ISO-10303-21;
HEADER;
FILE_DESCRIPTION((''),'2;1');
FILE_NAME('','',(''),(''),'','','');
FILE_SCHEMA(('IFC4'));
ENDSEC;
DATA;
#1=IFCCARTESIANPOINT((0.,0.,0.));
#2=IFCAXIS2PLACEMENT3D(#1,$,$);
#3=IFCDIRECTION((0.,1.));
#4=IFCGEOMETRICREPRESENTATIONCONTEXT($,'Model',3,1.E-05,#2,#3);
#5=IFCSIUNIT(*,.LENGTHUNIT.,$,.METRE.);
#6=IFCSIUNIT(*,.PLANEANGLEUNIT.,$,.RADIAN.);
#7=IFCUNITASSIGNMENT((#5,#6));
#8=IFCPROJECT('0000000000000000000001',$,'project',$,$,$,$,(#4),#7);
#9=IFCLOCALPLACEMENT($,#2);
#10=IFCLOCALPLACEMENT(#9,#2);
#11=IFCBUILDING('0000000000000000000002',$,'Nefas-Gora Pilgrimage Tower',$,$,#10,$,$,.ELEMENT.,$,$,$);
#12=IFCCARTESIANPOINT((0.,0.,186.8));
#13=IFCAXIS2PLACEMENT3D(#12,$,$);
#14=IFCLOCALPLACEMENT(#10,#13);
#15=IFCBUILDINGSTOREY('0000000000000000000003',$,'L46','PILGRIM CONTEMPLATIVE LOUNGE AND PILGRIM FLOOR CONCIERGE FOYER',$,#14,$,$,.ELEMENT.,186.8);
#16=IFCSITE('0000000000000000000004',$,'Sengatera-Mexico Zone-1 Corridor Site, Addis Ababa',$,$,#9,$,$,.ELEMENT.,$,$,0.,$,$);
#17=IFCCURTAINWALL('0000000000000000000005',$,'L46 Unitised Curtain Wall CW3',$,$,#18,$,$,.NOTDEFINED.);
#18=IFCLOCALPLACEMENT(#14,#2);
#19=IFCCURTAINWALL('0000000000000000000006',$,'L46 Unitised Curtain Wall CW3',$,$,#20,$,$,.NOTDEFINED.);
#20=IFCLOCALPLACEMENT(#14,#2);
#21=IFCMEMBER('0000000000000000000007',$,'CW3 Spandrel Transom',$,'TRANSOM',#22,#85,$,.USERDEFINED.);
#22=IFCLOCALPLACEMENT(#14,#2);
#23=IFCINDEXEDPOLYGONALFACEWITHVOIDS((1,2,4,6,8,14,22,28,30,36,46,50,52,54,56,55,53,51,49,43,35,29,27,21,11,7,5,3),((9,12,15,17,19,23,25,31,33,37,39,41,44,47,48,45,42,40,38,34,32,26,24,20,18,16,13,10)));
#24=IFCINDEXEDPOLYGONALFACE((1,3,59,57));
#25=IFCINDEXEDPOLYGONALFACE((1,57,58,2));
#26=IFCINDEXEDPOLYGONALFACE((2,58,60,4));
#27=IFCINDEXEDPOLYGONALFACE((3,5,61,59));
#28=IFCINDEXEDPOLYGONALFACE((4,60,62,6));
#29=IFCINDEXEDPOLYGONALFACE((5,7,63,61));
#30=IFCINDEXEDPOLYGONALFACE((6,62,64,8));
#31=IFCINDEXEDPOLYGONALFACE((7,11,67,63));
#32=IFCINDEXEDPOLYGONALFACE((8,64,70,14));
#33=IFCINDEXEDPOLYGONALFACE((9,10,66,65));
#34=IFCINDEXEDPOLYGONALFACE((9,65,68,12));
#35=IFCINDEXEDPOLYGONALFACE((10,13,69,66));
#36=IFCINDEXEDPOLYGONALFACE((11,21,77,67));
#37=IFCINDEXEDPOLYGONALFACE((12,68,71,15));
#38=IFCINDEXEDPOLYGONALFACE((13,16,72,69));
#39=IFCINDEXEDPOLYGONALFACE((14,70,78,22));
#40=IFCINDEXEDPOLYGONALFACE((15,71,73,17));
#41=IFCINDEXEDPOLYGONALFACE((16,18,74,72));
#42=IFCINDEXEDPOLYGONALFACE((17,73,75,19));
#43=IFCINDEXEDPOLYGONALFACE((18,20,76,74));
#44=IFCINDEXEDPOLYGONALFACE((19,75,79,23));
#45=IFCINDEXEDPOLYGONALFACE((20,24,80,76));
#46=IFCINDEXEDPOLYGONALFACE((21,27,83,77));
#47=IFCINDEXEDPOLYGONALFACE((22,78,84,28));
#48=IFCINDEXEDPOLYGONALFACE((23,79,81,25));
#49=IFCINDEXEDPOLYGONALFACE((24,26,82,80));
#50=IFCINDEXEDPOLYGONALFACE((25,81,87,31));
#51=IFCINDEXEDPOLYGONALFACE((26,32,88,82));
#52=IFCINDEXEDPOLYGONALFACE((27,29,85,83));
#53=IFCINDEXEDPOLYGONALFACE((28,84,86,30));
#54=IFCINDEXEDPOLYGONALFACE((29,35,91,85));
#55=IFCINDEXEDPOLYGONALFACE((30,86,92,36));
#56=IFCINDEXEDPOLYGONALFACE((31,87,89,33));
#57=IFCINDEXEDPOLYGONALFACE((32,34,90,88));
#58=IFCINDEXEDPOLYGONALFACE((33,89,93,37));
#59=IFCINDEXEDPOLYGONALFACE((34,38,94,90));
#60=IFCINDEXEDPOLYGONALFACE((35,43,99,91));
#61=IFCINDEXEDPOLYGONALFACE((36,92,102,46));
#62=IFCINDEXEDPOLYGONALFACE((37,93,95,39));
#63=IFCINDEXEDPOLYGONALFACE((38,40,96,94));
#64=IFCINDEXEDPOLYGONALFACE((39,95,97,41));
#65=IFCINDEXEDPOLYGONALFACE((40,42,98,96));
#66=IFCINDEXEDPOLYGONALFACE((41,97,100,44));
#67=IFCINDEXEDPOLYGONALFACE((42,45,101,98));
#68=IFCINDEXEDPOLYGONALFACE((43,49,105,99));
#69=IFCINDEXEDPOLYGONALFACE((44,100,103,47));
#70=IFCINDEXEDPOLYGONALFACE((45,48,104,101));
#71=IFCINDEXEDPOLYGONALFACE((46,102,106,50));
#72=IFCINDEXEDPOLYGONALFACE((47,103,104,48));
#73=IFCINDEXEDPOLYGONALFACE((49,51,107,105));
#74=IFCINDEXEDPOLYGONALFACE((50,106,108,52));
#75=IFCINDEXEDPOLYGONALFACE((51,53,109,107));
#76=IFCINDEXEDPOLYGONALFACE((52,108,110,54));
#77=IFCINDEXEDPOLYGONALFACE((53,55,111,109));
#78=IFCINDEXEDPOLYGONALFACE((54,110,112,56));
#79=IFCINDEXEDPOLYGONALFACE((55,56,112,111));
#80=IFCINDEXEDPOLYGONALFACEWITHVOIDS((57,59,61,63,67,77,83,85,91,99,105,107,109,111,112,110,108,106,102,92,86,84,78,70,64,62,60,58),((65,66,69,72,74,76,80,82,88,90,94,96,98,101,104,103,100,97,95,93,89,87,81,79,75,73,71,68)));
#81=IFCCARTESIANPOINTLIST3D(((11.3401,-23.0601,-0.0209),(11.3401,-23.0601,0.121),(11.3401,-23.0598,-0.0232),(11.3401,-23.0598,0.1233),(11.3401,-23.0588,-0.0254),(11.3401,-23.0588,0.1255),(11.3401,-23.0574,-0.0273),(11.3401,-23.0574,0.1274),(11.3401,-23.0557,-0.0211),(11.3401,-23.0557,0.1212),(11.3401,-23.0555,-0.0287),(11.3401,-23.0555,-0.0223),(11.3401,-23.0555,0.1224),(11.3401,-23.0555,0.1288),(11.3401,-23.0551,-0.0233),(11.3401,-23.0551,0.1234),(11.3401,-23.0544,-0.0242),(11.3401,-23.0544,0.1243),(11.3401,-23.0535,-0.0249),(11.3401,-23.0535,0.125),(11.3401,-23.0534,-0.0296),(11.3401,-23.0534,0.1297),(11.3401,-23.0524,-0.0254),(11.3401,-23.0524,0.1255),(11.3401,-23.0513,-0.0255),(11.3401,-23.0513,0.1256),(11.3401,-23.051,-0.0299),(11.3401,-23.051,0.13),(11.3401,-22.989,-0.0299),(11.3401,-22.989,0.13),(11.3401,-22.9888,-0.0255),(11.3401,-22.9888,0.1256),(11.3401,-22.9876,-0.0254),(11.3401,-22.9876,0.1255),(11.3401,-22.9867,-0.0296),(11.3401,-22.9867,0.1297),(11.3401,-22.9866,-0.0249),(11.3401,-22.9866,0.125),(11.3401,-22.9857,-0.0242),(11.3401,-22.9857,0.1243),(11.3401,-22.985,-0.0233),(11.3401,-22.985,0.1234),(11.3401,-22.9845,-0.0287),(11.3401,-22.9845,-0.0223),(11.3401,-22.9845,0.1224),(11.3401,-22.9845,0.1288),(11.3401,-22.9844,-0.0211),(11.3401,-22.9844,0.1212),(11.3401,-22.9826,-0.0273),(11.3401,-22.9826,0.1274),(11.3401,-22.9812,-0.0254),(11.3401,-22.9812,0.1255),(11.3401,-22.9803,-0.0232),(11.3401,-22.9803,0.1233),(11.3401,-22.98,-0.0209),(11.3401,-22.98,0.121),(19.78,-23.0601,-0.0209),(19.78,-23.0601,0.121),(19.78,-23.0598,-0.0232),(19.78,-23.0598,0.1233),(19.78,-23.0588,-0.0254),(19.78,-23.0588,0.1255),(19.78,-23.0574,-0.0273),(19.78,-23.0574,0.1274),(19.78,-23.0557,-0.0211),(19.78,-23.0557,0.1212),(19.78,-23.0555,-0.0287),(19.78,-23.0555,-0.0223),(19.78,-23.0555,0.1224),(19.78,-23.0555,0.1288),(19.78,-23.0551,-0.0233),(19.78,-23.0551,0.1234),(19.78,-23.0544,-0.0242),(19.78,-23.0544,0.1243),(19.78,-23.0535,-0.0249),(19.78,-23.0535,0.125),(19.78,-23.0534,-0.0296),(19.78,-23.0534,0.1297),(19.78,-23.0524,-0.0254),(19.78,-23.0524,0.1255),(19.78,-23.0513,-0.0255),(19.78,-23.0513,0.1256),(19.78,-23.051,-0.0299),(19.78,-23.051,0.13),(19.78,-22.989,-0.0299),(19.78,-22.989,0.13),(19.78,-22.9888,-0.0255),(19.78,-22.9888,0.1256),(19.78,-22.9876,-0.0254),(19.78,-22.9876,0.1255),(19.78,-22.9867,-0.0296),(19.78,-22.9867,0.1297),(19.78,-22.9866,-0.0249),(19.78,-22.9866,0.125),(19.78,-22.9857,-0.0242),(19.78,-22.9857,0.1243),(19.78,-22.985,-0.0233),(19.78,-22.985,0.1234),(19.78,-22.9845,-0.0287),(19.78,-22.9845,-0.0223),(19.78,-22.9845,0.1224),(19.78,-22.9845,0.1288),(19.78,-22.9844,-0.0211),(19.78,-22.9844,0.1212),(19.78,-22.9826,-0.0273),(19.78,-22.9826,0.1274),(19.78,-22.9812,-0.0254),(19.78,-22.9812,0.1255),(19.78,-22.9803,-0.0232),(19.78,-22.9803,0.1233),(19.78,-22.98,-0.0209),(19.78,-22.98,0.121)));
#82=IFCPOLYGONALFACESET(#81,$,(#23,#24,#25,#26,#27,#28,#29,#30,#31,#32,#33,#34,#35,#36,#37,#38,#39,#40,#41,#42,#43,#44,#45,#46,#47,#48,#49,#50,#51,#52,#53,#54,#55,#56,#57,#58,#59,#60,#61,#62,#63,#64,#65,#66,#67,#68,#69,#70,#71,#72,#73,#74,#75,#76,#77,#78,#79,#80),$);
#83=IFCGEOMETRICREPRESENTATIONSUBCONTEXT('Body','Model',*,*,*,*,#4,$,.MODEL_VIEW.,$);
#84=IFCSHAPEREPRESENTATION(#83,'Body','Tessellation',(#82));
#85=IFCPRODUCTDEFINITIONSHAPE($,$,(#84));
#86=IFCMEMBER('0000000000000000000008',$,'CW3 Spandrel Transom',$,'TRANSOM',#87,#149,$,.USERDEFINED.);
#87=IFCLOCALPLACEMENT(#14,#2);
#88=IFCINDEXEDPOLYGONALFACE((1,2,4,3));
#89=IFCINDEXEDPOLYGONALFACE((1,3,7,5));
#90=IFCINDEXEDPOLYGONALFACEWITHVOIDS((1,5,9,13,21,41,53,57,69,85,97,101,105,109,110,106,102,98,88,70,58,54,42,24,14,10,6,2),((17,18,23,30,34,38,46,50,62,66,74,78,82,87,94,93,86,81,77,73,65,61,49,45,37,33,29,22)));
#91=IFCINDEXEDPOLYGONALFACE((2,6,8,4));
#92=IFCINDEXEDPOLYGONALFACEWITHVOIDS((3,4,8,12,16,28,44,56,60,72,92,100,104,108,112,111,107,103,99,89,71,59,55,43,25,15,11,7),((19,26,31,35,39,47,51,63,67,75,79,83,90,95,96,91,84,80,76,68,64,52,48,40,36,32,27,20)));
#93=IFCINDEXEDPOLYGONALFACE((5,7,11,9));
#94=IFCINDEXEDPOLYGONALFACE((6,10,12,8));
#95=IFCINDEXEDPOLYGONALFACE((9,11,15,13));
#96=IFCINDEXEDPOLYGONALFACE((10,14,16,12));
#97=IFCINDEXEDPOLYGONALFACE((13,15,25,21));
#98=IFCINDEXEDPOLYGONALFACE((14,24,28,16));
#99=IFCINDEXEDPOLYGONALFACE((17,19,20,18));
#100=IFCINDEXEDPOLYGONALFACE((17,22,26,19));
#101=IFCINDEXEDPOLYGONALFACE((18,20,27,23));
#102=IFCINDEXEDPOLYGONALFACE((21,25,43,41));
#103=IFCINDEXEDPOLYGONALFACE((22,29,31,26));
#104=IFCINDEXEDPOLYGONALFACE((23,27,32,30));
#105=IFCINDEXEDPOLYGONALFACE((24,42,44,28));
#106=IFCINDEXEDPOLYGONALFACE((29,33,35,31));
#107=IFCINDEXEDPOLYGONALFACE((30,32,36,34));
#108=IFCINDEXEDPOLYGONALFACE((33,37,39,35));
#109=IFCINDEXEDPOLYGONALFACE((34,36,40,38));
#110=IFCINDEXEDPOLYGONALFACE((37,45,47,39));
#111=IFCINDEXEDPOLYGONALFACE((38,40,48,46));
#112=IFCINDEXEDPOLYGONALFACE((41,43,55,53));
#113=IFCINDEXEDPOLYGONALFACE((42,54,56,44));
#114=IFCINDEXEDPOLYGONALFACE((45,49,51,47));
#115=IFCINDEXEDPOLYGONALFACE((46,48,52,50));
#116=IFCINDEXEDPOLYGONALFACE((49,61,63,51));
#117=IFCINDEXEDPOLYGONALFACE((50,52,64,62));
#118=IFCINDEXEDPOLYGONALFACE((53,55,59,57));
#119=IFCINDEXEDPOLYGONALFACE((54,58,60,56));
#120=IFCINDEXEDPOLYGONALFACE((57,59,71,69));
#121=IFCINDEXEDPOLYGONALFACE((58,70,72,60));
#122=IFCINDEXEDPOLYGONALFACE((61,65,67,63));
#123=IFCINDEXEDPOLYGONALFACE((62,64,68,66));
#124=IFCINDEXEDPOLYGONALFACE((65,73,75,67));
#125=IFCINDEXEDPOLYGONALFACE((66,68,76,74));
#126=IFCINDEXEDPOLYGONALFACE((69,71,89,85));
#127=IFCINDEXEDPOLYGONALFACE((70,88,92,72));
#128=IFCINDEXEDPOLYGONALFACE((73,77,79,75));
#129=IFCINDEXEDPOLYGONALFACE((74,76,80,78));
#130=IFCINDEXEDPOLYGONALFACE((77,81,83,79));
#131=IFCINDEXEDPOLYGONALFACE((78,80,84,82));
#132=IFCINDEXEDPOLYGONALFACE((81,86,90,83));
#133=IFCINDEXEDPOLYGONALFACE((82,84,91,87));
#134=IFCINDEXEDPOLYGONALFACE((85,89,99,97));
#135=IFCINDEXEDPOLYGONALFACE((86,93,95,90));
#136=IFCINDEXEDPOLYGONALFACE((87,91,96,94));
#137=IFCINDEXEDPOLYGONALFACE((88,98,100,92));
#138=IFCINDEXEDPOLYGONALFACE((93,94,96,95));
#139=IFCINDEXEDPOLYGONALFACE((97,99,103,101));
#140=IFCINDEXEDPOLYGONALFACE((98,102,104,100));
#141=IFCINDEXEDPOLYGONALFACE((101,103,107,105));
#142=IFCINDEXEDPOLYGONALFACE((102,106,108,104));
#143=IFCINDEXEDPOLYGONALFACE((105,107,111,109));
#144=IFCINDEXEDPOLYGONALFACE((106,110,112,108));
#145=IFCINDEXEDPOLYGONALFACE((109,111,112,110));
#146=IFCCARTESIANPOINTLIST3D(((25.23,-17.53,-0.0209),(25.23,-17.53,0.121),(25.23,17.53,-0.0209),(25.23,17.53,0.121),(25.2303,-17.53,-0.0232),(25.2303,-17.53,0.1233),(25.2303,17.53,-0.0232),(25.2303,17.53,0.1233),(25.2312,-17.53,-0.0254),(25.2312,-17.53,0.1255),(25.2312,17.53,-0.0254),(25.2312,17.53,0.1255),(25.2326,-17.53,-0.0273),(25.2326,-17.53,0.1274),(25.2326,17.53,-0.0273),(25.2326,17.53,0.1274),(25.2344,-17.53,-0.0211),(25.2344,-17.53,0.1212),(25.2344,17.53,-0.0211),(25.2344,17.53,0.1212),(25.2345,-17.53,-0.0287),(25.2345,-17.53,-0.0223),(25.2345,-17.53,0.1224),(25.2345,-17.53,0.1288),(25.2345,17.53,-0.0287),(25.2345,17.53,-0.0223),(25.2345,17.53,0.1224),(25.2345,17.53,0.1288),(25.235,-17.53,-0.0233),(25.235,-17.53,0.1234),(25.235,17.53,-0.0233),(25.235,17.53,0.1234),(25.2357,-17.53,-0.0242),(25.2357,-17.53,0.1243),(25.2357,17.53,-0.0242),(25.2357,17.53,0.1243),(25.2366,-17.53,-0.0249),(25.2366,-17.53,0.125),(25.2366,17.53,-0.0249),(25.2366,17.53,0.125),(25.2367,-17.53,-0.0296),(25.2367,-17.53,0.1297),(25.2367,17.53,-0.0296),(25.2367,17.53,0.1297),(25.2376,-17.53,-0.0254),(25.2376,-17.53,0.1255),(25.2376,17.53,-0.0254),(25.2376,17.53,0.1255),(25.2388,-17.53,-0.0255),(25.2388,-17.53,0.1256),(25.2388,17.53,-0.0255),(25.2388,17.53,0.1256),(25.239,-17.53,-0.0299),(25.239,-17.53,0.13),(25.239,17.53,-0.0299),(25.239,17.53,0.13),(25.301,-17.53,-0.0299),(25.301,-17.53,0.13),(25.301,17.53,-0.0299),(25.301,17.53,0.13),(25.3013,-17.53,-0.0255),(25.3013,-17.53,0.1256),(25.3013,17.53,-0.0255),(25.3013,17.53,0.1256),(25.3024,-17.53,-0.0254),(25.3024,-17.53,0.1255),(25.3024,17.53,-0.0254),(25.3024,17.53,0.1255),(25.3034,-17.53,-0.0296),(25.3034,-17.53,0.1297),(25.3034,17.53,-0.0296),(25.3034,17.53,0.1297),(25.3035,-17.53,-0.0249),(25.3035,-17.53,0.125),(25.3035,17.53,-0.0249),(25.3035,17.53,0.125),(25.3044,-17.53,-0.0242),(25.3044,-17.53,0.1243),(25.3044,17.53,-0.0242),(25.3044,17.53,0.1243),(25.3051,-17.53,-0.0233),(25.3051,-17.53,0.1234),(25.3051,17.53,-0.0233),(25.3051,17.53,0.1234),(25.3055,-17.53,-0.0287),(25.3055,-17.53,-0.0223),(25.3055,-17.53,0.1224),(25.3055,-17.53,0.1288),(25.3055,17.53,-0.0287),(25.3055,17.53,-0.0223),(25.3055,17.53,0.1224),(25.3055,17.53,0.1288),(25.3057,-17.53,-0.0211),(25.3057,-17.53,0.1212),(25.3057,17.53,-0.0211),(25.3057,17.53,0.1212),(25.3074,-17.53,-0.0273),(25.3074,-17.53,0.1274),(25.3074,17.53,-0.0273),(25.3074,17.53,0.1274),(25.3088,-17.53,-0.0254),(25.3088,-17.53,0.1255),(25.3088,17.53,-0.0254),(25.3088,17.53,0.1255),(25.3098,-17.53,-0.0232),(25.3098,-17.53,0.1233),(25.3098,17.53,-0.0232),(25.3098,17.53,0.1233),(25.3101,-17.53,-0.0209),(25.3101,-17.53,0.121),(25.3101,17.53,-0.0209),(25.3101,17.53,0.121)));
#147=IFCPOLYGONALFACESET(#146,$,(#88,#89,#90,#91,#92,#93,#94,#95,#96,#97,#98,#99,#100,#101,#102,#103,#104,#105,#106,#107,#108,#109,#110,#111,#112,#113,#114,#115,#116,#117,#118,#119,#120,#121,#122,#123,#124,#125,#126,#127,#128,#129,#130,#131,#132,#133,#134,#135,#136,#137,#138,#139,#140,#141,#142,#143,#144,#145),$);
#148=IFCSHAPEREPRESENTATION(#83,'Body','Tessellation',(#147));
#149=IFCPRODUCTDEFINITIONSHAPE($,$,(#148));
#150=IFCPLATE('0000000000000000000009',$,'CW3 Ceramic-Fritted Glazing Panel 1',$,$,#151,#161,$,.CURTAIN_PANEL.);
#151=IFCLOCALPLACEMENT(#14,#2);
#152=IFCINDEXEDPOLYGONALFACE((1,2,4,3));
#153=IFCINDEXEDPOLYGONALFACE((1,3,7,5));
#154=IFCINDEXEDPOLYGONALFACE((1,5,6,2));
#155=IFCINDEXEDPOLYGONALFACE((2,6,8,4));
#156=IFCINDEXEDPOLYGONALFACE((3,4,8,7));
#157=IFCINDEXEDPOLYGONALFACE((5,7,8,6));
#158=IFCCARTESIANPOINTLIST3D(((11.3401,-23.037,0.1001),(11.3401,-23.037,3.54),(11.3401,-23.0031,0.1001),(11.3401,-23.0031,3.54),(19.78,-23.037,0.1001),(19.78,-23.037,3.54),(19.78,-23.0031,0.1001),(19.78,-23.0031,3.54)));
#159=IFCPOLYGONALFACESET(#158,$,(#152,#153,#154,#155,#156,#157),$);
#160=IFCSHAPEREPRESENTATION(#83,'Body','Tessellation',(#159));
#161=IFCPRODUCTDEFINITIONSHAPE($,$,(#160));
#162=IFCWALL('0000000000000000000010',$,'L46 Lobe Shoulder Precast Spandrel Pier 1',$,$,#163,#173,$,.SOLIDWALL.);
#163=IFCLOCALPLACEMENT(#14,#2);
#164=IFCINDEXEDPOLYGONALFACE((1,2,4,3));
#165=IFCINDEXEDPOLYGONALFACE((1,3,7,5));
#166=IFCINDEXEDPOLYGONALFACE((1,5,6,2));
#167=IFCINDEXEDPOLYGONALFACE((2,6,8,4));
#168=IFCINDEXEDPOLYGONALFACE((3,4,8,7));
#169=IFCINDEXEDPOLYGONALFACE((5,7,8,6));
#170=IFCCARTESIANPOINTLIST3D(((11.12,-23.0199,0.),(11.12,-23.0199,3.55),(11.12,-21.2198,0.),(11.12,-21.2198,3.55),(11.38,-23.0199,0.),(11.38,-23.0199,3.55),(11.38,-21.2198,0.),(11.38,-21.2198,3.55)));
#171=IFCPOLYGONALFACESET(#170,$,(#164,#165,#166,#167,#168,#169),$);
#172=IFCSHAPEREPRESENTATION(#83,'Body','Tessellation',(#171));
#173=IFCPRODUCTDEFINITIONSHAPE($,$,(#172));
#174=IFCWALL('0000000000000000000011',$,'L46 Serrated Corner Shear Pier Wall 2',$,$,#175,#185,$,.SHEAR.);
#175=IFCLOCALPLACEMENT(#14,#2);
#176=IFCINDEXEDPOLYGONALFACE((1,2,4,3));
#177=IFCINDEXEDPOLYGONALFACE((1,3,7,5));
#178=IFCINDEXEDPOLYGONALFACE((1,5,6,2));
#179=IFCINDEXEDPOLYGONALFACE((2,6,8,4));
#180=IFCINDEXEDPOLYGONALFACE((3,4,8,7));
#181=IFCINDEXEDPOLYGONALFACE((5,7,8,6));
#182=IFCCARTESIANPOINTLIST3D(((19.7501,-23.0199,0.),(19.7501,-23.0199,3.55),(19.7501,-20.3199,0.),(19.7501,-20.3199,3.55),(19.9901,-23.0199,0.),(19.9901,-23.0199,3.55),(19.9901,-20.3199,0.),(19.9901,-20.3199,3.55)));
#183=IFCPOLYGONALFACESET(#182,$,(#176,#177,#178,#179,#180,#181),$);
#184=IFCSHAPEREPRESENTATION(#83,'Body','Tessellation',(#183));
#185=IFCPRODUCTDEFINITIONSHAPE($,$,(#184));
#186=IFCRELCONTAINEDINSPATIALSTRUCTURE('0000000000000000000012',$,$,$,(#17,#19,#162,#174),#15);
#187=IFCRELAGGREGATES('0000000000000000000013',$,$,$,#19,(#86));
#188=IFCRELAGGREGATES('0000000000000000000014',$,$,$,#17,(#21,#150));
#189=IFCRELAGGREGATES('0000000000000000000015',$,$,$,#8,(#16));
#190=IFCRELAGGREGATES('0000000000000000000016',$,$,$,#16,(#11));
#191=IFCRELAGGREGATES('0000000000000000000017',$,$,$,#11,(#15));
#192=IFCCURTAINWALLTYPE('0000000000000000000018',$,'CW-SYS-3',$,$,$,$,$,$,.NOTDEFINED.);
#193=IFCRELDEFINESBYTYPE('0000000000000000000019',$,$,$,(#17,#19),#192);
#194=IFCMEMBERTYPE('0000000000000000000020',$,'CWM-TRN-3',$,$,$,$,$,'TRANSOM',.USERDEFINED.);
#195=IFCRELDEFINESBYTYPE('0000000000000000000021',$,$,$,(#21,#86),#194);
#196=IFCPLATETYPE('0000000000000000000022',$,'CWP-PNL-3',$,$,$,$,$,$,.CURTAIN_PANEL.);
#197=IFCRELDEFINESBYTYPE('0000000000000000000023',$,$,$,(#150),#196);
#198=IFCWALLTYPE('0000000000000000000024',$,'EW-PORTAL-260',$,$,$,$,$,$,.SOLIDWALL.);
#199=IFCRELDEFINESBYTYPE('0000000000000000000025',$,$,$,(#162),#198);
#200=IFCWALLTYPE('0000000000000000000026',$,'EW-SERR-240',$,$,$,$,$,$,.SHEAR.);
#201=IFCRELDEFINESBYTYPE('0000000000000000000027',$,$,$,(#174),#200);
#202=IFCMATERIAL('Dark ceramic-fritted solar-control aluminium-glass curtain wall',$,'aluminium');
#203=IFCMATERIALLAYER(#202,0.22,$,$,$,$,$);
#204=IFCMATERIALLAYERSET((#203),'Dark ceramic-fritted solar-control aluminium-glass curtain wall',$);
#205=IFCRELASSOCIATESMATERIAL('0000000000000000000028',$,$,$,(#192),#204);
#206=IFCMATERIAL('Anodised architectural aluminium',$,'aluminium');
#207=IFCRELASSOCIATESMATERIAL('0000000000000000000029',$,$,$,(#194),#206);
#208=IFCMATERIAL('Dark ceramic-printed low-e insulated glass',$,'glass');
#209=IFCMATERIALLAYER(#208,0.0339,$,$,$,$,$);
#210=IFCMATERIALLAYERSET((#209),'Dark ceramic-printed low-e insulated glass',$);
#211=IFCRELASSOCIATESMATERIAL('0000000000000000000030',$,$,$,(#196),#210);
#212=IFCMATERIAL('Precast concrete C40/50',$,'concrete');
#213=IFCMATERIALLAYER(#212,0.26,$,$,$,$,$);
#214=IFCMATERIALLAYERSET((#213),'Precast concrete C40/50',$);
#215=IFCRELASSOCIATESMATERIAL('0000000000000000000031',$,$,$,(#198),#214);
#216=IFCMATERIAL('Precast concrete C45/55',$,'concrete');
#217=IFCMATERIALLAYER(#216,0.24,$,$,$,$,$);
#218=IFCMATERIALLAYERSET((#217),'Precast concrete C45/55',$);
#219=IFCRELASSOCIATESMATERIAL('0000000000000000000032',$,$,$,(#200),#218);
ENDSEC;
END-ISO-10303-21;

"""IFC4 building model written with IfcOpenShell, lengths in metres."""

from ifc_helpers import new_model, si_unit, direction, frame, frame_2d, origin, origin_2d, place, context, subcontext, project, spatial, rectangle, hollow_rectangle, extrude, source, transform, mapped, material, layer, layer_set, material_profile, profile_set, type_object, element, aggregate, save


model = new_model("IFC4")

# Units and contexts
model_context = context("Model", 3, precision=1e-05, world=origin(), true_north=direction((0.0, 1.0)))
body_context = subcontext(model_context, "Body", "Model", "MODEL_VIEW")
ifc_project = project(units=[si_unit("LENGTHUNIT", "METRE"), si_unit("PLANEANGLEUNIT", "RADIAN")], contexts=[model_context])

# Site, building, storey
site_placement = place(None, origin())
site = spatial("IfcSite", under=ifc_project, at=site_placement, Name="Sengatera-Mexico Zone-1 Corridor Site, Addis Ababa", CompositionType="ELEMENT", RefElevation=0.0)
building_placement = place(site_placement, origin())
building = spatial("IfcBuilding", under=site, at=building_placement, Name="Nefas-Gora Pilgrimage Tower", CompositionType="ELEMENT")
storey_placement = place(building_placement, frame((0.0, 0.0, 186.8)))
storey = spatial("IfcBuildingStorey", under=building, at=storey_placement, Name="L46", Description="PILGRIM CONTEMPLATIVE LOUNGE AND PILGRIM FLOOR CONCIERGE FOYER", CompositionType="ELEMENT", Elevation=186.8)

# Shared definitions
ifc_material_1 = material(Name="Dark ceramic-fritted solar-control aluminium-glass curtain wall", Category="aluminium")
ifc_material_2 = material(Name="Anodised architectural aluminium", Category="aluminium")

# Curtain wall
ifc_layer_1 = layer(ifc_material_1, 0.22)
ifc_layer_set_1 = layer_set([ifc_layer_1], Name="Dark ceramic-fritted solar-control aluminium-glass curtain wall")
curtain_wall_type_1 = type_object("IfcCurtainWallType", Name="CW-SYS-3", PredefinedType="NOTDEFINED", material=ifc_layer_set_1)
curtain_wall_1_placement = place(storey_placement, origin())
curtain_wall_1 = element("IfcCurtainWall", 1, at=curtain_wall_1_placement, inside=storey, type_object=curtain_wall_type_1, Name="L46 Unitised Curtain Wall CW3", PredefinedType="NOTDEFINED")

# Curtain wall
curtain_wall_2_placement = place(storey_placement, origin())
curtain_wall_2 = element("IfcCurtainWall", 2, at=curtain_wall_2_placement, inside=storey, type_object=curtain_wall_type_1, Name="L46 Unitised Curtain Wall CW3", PredefinedType="NOTDEFINED")

# Members
ifc_material_profile_1 = material_profile(ifc_material_2, hollow_rectangle(XDim=0.0801, YDim=0.1599, WallThickness=0.0044, InnerFilletRadius=0.0044, OuterFilletRadius=0.009, at=origin_2d()), Name="ALU TRANSOM 80x160")
ifc_profile_set_1 = profile_set([ifc_material_profile_1], Name="Anodised architectural aluminium")
member_type_1 = type_object("IfcMemberType", Name="CWM-TRN-3", ElementType="TRANSOM", PredefinedType="USERDEFINED", material=ifc_profile_set_1)
shared_shape_1 = source(origin(), body_context, "Body", "SweptSolid", [
    extrude(hollow_rectangle(XDim=0.0801, YDim=0.1599, WallThickness=0.0044, InnerFilletRadius=0.0044, OuterFilletRadius=0.009, at=origin_2d()), origin(), (0.0, 0.0, 1.0), 8.4399),
])
member_1_placement = place(storey_placement, frame((11.3401, -23.02, 0.05), z_axis=(1.0, 0.0, 0.0), x_axis=(0.0, 1.0, 0.0)))
member_1 = element("IfcMember", 3, at=member_1_placement, type_object=member_type_1, Name="CW3 Spandrel Transom", ObjectType="TRANSOM", PredefinedType="USERDEFINED", context=body_context, shape_type="MappedRepresentation", body=[
    mapped(shared_shape_1, transform((0.0, 0.0, 0.0), x_axis=(1.0, 0.0, 0.0), y_axis=(0.0, 1.0, 0.0), z_axis=(0.0, 0.0, 1.0), scale=1.0)),
])
shared_shape_2 = source(origin(), body_context, "Body", "SweptSolid", [
    extrude(hollow_rectangle(XDim=0.0801, YDim=0.1599, WallThickness=0.0044, InnerFilletRadius=0.0044, OuterFilletRadius=0.009, at=origin_2d()), origin(), (0.0, 0.0, 1.0), 35.0601),
])
member_2_placement = place(storey_placement, frame((25.27, -17.53, 0.05), z_axis=(0.0, 1.0, 0.0), x_axis=(-1.0, 0.0, 0.0)))
member_2 = element("IfcMember", 4, at=member_2_placement, type_object=member_type_1, Name="CW3 Spandrel Transom", ObjectType="TRANSOM", PredefinedType="USERDEFINED", context=body_context, shape_type="MappedRepresentation", body=[
    mapped(shared_shape_2, transform((0.0, 0.0, 0.0), x_axis=(1.0, 0.0, 0.0), y_axis=(0.0, 1.0, 0.0), z_axis=(0.0, 0.0, 1.0), scale=1.0)),
])
aggregate(curtain_wall_2, [member_2])

# Plate
ifc_material_3 = material(Name="Dark ceramic-printed low-e insulated glass", Category="glass")
ifc_layer_2 = layer(ifc_material_3, 0.0339)
ifc_layer_set_2 = layer_set([ifc_layer_2], Name="Dark ceramic-printed low-e insulated glass")
plate_type = type_object("IfcPlateType", Name="CWP-PNL-3", PredefinedType="CURTAIN_PANEL", material=ifc_layer_set_2)
shared_shape_3 = source(origin(), body_context, "Body", "SweptSolid", [
    extrude(rectangle(XDim=8.4399, YDim=0.0339, at=origin_2d()), origin(), (0.0, 0.0, 1.0), 3.4399),
])
plate_placement = place(storey_placement, frame((15.5601, -23.02, 0.1001), z_axis=(0.0, 0.0, 1.0), x_axis=(1.0, 0.0, 0.0)))
plate = element("IfcPlate", 5, at=plate_placement, type_object=plate_type, Name="CW3 Ceramic-Fritted Glazing Panel 1", PredefinedType="CURTAIN_PANEL", context=body_context, shape_type="MappedRepresentation", body=[
    mapped(shared_shape_3, transform((0.0, 0.0, 0.0), x_axis=(1.0, 0.0, 0.0), y_axis=(0.0, 1.0, 0.0), z_axis=(0.0, 0.0, 1.0), scale=1.0)),
])
aggregate(curtain_wall_1, [member_1, plate])

# Walls
ifc_material_4 = material(Name="Precast concrete C40/50", Category="concrete")
ifc_layer_3 = layer(ifc_material_4, 0.26)
ifc_layer_set_3 = layer_set([ifc_layer_3], Name="Precast concrete C40/50")
wall_type_1 = type_object("IfcWallType", Name="EW-PORTAL-260", PredefinedType="SOLIDWALL", material=ifc_layer_set_3)
shared_shape_4 = source(origin(), body_context, "Body", "SweptSolid", [
    extrude(rectangle(XDim=1.8, YDim=0.26, at=frame_2d((0.8999, 0.0))), origin(), (0.0, 0.0, 1.0), 3.55),
])
wall_1_placement = place(storey_placement, frame((11.25, -21.22, 0.0), z_axis=(0.0, 0.0, 1.0), x_axis=(0.0, -1.0, 0.0)))
element("IfcWall", 6, at=wall_1_placement, inside=storey, type_object=wall_type_1, Name="L46 Lobe Shoulder Precast Spandrel Pier 1", PredefinedType="SOLIDWALL", context=body_context, shape_type="MappedRepresentation", body=[
    mapped(shared_shape_4, transform((0.0, 0.0, 0.0), x_axis=(1.0, 0.0, 0.0), y_axis=(0.0, 1.0, 0.0), z_axis=(0.0, 0.0, 1.0), scale=1.0)),
])
ifc_material_5 = material(Name="Precast concrete C45/55", Category="concrete")
ifc_layer_4 = layer(ifc_material_5, 0.24)
ifc_layer_set_4 = layer_set([ifc_layer_4], Name="Precast concrete C45/55")
wall_type_2 = type_object("IfcWallType", Name="EW-SERR-240", PredefinedType="SHEAR", material=ifc_layer_set_4)
shared_shape_5 = source(origin(), body_context, "Body", "SweptSolid", [
    extrude(rectangle(XDim=2.7, YDim=0.24, at=frame_2d((1.3501, 0.0))), origin(), (0.0, 0.0, 1.0), 3.55),
])
for number, where, z_axis, x_axis, name in (
    (7, (19.8701, -23.02, 0.0), (0.0, 0.0, 1.0), (0.0, 1.0, 0.0), "L46 Serrated Corner Shear Pier Wall 2"),
):
    element("IfcWall", number, at=place(storey_placement, frame(where, z_axis=z_axis, x_axis=x_axis)), inside=storey, type_object=wall_type_2, Name=name, PredefinedType="SHEAR", context=body_context, shape_type="MappedRepresentation", body=[
        mapped(shared_shape_5, transform((0.0, 0.0, 0.0), x_axis=(1.0, 0.0, 0.0), y_axis=(0.0, 1.0, 0.0), z_axis=(0.0, 0.0, 1.0), scale=1.0)),
    ])

save(model, "model.ifc")
